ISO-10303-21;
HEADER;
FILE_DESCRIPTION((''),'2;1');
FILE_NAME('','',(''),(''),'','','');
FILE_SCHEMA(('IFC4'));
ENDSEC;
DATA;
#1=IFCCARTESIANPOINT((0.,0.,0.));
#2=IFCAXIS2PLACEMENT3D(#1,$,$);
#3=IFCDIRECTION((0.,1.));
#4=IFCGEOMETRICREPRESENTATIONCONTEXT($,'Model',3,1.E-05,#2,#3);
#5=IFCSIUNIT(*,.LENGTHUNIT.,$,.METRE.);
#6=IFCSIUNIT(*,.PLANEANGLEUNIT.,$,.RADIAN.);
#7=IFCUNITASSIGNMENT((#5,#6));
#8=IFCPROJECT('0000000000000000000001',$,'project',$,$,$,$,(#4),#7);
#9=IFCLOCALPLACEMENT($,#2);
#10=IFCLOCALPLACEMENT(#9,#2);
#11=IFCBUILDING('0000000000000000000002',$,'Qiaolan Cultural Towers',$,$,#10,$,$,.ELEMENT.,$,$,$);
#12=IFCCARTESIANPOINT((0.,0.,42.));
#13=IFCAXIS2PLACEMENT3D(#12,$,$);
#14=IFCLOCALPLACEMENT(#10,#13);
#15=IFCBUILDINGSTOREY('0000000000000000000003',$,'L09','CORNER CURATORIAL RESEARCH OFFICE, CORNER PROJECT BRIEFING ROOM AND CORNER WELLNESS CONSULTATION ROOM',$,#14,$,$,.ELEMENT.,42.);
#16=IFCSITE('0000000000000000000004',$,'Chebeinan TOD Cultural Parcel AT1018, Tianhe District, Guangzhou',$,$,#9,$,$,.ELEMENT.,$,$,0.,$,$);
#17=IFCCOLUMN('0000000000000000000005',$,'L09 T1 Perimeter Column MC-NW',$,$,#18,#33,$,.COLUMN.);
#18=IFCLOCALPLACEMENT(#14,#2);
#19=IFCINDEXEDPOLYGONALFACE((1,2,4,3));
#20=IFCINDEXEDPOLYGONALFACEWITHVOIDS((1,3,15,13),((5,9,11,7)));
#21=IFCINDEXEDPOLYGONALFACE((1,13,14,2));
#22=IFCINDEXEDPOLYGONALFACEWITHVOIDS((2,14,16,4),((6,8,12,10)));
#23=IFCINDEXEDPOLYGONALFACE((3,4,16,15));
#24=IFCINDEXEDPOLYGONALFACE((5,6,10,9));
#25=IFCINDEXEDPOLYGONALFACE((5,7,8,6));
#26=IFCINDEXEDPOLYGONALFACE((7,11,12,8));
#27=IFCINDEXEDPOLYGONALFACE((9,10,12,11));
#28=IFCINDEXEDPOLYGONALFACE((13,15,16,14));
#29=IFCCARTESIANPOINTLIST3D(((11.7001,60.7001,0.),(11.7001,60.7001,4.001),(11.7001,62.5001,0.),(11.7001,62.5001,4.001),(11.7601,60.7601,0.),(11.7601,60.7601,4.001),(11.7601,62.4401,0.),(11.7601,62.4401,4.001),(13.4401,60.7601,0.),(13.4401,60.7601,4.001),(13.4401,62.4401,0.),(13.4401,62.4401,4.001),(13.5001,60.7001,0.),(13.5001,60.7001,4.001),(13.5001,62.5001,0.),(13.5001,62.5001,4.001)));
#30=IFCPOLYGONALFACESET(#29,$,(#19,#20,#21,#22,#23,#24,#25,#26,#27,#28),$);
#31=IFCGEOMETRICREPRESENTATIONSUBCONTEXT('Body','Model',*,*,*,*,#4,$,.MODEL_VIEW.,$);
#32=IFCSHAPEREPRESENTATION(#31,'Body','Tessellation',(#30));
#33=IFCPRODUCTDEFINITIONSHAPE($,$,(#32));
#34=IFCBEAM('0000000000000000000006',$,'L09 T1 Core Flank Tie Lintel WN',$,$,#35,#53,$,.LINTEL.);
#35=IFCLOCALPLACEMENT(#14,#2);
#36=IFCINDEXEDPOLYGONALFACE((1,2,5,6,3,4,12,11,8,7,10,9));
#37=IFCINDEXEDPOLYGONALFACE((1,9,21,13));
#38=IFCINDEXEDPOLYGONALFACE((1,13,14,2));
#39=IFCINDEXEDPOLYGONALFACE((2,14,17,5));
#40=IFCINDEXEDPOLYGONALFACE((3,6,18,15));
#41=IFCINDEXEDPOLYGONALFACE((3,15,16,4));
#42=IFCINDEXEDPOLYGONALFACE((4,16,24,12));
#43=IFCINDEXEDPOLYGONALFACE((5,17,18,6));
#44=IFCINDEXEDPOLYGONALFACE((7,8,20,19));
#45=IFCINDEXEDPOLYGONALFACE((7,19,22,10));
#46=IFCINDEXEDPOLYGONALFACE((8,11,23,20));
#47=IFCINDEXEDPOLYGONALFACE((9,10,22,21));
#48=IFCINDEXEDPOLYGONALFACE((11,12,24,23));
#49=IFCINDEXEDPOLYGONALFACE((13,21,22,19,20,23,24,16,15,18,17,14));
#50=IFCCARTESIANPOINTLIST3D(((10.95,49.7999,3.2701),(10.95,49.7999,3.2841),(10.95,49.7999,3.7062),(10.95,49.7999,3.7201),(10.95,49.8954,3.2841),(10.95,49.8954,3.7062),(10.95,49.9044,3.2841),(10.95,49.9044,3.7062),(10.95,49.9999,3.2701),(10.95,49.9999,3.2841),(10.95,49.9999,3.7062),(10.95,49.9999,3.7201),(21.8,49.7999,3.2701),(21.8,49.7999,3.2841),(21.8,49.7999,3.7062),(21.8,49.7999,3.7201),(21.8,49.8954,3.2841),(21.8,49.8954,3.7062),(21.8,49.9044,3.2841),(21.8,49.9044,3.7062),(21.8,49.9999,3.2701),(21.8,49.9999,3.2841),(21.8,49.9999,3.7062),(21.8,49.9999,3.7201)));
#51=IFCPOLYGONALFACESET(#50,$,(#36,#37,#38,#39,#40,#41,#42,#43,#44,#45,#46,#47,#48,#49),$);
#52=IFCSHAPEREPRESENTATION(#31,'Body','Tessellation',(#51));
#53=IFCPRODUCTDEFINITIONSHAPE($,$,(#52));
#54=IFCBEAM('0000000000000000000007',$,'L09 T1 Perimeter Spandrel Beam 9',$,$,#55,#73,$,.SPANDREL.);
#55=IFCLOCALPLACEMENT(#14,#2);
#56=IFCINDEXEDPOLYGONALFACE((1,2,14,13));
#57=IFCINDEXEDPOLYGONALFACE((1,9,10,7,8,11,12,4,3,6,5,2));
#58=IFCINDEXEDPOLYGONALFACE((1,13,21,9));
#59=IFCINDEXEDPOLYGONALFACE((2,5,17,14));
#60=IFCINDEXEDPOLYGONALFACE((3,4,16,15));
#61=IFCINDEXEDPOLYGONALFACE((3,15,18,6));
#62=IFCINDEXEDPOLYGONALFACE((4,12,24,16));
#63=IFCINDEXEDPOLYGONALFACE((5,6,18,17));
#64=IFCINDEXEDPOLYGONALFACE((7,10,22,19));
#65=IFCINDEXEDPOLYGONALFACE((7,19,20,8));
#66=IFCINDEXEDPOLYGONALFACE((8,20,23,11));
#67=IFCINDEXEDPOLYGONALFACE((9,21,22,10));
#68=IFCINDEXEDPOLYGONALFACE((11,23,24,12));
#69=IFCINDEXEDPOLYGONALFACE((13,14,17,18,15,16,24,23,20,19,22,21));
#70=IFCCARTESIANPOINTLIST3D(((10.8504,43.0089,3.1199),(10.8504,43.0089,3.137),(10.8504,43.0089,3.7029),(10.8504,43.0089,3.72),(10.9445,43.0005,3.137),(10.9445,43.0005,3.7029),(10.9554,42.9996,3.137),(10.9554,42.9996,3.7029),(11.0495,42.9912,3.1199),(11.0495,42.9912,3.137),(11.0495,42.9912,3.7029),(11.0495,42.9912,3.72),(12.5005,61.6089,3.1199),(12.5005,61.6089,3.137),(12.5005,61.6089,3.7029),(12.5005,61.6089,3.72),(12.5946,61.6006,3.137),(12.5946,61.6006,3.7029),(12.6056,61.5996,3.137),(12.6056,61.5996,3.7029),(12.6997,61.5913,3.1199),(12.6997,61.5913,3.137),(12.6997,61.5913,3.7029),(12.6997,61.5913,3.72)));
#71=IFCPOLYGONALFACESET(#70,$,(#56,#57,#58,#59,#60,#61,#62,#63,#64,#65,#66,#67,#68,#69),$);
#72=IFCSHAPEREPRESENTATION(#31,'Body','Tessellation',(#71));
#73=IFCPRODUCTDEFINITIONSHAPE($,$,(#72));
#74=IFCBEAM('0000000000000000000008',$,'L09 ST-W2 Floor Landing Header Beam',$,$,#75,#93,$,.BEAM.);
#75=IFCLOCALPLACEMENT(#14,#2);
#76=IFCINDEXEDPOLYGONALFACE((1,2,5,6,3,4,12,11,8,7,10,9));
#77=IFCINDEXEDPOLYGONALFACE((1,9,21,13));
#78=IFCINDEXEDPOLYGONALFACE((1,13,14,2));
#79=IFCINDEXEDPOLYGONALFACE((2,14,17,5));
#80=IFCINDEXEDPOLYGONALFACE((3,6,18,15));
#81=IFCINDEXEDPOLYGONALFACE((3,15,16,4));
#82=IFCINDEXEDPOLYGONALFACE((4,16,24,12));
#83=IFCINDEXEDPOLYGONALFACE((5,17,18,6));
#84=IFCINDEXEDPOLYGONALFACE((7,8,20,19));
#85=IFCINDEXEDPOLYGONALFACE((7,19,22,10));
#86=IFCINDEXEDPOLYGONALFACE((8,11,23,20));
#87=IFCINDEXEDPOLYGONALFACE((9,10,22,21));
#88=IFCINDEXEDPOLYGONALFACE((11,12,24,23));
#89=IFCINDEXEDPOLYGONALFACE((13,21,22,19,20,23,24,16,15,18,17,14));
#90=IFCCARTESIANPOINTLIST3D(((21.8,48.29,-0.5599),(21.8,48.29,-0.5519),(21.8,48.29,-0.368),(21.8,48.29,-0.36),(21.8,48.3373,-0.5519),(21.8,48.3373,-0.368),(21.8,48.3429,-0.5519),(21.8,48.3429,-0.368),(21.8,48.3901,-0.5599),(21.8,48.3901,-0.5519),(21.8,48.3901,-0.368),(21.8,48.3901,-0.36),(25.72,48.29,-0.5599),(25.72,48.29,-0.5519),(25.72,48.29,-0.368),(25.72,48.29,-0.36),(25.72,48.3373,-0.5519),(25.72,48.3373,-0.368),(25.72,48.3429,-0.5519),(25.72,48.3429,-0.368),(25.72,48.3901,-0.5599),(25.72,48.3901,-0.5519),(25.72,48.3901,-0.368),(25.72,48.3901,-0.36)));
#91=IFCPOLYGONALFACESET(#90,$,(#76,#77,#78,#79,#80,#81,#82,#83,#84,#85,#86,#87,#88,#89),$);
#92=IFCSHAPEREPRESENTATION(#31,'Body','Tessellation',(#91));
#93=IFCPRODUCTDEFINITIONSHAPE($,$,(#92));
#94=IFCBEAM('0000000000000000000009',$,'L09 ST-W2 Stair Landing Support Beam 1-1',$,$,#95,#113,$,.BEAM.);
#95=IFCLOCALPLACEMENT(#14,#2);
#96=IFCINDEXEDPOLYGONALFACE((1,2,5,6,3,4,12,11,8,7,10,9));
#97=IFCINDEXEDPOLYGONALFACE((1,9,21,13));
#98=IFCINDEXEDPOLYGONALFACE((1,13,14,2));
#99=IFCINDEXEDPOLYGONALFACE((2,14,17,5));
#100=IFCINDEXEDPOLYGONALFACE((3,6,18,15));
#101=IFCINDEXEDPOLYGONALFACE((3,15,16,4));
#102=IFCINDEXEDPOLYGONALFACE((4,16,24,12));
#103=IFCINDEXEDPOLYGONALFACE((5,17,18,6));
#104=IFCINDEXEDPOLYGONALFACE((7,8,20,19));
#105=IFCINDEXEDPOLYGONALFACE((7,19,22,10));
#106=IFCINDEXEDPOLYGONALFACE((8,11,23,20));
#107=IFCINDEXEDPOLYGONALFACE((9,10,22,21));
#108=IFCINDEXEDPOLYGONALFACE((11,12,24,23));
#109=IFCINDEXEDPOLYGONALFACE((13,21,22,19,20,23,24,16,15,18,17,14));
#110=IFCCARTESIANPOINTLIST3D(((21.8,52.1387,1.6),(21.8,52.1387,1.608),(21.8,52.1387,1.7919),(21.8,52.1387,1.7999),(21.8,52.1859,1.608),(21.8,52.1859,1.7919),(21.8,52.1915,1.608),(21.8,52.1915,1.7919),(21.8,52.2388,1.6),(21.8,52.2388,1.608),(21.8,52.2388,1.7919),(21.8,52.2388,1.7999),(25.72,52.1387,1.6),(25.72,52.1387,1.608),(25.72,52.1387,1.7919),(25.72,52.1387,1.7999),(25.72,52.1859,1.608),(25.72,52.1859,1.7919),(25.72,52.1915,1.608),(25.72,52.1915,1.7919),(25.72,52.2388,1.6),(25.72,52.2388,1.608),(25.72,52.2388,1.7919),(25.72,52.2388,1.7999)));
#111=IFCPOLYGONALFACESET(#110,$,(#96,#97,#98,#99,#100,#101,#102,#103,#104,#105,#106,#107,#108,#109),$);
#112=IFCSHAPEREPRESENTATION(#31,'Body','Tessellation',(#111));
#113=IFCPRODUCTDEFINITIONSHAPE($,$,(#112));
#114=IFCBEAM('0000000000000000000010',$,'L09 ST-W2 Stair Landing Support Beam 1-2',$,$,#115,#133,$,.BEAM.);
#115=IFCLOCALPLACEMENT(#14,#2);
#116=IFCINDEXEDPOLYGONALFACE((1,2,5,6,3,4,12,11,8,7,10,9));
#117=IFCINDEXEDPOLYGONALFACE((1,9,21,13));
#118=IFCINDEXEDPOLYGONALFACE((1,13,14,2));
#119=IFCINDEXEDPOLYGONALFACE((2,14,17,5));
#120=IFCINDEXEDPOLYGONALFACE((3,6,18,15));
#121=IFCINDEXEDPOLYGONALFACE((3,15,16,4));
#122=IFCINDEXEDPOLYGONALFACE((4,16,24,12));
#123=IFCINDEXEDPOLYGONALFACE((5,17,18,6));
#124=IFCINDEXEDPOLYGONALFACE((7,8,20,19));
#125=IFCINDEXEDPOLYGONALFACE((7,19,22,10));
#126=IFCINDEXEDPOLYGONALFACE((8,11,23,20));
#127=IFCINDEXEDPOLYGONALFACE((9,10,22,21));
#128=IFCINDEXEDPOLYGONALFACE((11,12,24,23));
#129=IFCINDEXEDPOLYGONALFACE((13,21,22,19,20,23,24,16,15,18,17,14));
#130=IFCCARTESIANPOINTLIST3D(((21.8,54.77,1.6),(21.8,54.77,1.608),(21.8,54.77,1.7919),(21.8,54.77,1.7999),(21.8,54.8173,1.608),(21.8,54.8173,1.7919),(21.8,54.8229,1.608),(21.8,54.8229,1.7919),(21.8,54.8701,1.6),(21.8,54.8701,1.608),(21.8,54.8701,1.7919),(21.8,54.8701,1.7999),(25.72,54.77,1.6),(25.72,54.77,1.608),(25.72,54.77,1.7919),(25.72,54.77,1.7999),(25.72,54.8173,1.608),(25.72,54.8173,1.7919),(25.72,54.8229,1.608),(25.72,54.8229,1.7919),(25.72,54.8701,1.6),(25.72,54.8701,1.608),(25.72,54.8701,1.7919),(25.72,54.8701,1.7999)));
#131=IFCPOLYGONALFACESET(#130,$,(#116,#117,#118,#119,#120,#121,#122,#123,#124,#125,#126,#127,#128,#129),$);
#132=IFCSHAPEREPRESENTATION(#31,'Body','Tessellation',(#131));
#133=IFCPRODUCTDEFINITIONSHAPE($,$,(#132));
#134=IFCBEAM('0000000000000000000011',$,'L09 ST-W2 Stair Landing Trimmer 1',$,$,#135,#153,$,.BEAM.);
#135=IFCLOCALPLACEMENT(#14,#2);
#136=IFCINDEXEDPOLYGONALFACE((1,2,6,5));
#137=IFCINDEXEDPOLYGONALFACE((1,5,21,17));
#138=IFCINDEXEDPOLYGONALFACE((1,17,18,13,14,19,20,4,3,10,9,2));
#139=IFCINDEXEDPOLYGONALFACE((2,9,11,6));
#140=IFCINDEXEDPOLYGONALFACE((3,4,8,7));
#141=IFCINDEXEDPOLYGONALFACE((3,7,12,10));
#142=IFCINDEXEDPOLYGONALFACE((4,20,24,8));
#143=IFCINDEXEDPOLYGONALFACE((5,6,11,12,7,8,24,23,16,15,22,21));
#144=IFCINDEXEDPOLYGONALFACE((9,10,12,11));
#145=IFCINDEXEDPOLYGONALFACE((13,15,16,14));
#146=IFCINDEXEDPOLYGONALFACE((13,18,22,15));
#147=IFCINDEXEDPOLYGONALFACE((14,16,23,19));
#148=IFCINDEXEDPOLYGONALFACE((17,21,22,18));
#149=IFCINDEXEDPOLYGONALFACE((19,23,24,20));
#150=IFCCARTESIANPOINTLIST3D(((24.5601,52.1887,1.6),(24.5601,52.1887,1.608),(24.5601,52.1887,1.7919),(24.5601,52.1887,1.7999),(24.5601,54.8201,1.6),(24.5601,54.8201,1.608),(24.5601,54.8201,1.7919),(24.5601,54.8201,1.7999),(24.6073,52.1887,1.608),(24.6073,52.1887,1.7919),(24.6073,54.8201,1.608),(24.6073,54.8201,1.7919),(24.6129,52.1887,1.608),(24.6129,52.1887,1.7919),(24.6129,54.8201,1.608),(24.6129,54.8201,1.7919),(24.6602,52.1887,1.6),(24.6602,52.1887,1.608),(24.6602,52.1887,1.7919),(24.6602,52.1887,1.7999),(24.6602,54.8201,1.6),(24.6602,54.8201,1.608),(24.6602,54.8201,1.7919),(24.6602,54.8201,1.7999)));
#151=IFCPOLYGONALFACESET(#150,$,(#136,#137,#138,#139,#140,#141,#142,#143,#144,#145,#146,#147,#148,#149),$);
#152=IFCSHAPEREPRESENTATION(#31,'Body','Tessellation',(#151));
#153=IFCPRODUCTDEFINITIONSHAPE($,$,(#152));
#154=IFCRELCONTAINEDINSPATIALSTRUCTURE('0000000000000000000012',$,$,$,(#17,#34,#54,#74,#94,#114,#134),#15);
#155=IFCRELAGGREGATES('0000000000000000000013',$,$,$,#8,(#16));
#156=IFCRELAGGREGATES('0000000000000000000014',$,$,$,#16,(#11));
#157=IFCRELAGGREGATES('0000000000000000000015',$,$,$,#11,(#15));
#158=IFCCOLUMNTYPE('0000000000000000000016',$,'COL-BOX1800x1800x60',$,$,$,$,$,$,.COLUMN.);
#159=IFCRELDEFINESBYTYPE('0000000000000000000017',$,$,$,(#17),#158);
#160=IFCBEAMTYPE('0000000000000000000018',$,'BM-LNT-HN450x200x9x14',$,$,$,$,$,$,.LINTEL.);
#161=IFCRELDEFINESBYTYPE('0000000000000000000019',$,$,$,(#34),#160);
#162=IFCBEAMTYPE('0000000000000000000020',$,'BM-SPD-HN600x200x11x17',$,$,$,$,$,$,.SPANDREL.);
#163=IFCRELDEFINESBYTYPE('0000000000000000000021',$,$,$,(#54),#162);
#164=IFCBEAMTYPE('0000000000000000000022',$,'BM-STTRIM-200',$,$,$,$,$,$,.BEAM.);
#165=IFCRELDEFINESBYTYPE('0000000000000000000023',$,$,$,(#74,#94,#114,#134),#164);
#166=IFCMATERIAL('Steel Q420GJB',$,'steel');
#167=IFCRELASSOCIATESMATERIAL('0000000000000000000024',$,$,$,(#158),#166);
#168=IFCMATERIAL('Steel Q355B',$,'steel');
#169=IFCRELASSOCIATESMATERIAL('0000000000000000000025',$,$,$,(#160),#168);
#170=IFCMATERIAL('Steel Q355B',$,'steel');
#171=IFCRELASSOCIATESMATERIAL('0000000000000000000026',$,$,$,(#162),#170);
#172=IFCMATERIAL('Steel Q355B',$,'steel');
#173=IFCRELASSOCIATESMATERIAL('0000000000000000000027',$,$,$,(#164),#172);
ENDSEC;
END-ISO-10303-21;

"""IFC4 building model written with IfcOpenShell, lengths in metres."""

from ifc_helpers import new_model, si_unit, direction, frame, origin, origin_2d, place, context, subcontext, project, spatial, hollow_rectangle, i_section, extrude, material, material_profile, profile_set, type_object, element, save


model = new_model("IFC4")

# Units and contexts
model_context = context("Model", 3, precision=1e-05, world=origin(), true_north=direction((0.0, 1.0)))
body_context = subcontext(model_context, "Body", "Model", "MODEL_VIEW")
ifc_project = project(units=[si_unit("LENGTHUNIT", "METRE"), si_unit("PLANEANGLEUNIT", "RADIAN")], contexts=[model_context])

# Site, building, storey
site_placement = place(None, origin())
site = spatial("IfcSite", under=ifc_project, at=site_placement, Name="Chebeinan TOD Cultural Parcel AT1018, Tianhe District, Guangzhou", CompositionType="ELEMENT", RefElevation=0.0)
building_placement = place(site_placement, origin())
building = spatial("IfcBuilding", under=site, at=building_placement, Name="Qiaolan Cultural Towers", CompositionType="ELEMENT")
storey_placement = place(building_placement, frame((0.0, 0.0, 42.0)))
storey = spatial("IfcBuildingStorey", under=building, at=storey_placement, Name="L09", Description="CORNER CURATORIAL RESEARCH OFFICE, CORNER PROJECT BRIEFING ROOM AND CORNER WELLNESS CONSULTATION ROOM", CompositionType="ELEMENT", Elevation=42.0)

# Column
ifc_material_1 = material(Name="Steel Q420GJB", Category="steel")
ifc_material_profile_1 = material_profile(ifc_material_1, hollow_rectangle(XDim=1.8, YDim=1.8, WallThickness=0.0601, at=origin_2d()), Name="BOX1800x1800x60")
ifc_profile_set_1 = profile_set([ifc_material_profile_1], Name="Steel Q420GJB")
column_type = type_object("IfcColumnType", Name="COL-BOX1800x1800x60", PredefinedType="COLUMN", material=ifc_profile_set_1)
column_placement = place(storey_placement, frame((12.6001, 61.6001, 0.0), z_axis=(0.0, 0.0, 1.0), x_axis=(1.0, 0.0, 0.0)))
element("IfcColumn", 1, at=column_placement, inside=storey, type_object=column_type, Name="L09 T1 Perimeter Column MC-NW", PredefinedType="COLUMN", context=body_context, shape_type="SweptSolid", body=[
    extrude(hollow_rectangle(XDim=1.8, YDim=1.8, WallThickness=0.0601, at=origin_2d()), origin(), (0.0, 0.0, 1.0), 4.001),
])

# Beams
ifc_material_2 = material(Name="Steel Q355B", Category="steel")
ifc_material_profile_2 = material_profile(ifc_material_2, i_section(OverallWidth=0.2, OverallDepth=0.45, WebThickness=0.009, FlangeThickness=0.0139, at=origin_2d()), Name="HN450x200x9x14")
ifc_profile_set_2 = profile_set([ifc_material_profile_2], Name="Steel Q355B")
beam_type_1 = type_object("IfcBeamType", Name="BM-LNT-HN450x200x9x14", PredefinedType="LINTEL", material=ifc_profile_set_2)
beam_1_placement = place(storey_placement, frame((21.8, 49.8999, 3.4951), z_axis=(-1.0, 0.0, 0.0), x_axis=(0.0, -1.0, 0.0)))
element("IfcBeam", 2, at=beam_1_placement, inside=storey, type_object=beam_type_1, Name="L09 T1 Core Flank Tie Lintel WN", PredefinedType="LINTEL", context=body_context, shape_type="SweptSolid", body=[
    extrude(i_section(OverallWidth=0.2, OverallDepth=0.45, WebThickness=0.009, FlangeThickness=0.0139, at=origin_2d()), origin(), (0.0, 0.0, 1.0), 10.8501),
])
ifc_material_3 = material(Name="Steel Q355B", Category="steel")
ifc_material_profile_3 = material_profile(ifc_material_3, i_section(OverallWidth=0.2, OverallDepth=0.6001, WebThickness=0.011, FlangeThickness=0.0171, at=origin_2d()), Name="HN600x200x11x17")
ifc_profile_set_3 = profile_set([ifc_material_profile_3], Name="Steel Q355B")
beam_type_2 = type_object("IfcBeamType", Name="BM-SPD-HN600x200x11x17", PredefinedType="SPANDREL", material=ifc_profile_set_3)
beam_2_placement = place(storey_placement, frame((12.6001, 61.6001, 3.4199), z_axis=(-0.08837, -0.996088, 0.0), x_axis=(0.996088, -0.08837, 0.0)))
element("IfcBeam", 3, at=beam_2_placement, inside=storey, type_object=beam_type_2, Name="L09 T1 Perimeter Spandrel Beam 9", PredefinedType="SPANDREL", context=body_context, shape_type="SweptSolid", body=[
    extrude(i_section(OverallWidth=0.2, OverallDepth=0.6001, WebThickness=0.011, FlangeThickness=0.0171, at=origin_2d()), origin(), (0.0, 0.0, 1.0), 18.6731),
])
ifc_material_4 = material(Name="Steel Q355B", Category="steel")
ifc_material_profile_4 = material_profile(ifc_material_4, i_section(OverallWidth=0.1001, OverallDepth=0.2, WebThickness=0.0056, FlangeThickness=0.0081, at=origin_2d()), Name="HN200x100x5.5x8")
ifc_profile_set_4 = profile_set([ifc_material_profile_4], Name="Steel Q355B")
beam_type_3 = type_object("IfcBeamType", Name="BM-STTRIM-200", PredefinedType="BEAM", material=ifc_profile_set_4)
for number, where, z_axis, x_axis, name in (
    (4, (21.8, 48.3401, -0.46), (1.0, 0.0, 0.0), (0.0, 1.0, 0.0), "L09 ST-W2 Floor Landing Header Beam"),
    (5, (21.8, 52.1887, 1.7), (1.0, 0.0, 0.0), (0.0, 1.0, 0.0), "L09 ST-W2 Stair Landing Support Beam 1-1"),
    (6, (21.8, 54.8201, 1.7), (1.0, 0.0, 0.0), (0.0, 1.0, 0.0), "L09 ST-W2 Stair Landing Support Beam 1-2"),
):
    element("IfcBeam", number, at=place(storey_placement, frame(where, z_axis=z_axis, x_axis=x_axis)), inside=storey, type_object=beam_type_3, Name=name, PredefinedType="BEAM", context=body_context, shape_type="SweptSolid", body=[
        extrude(i_section(OverallWidth=0.1001, OverallDepth=0.2, WebThickness=0.0056, FlangeThickness=0.0081, at=origin_2d()), origin(), (0.0, 0.0, 1.0), 3.9199),
    ])
beam_3_placement = place(storey_placement, frame((24.6101, 52.1887, 1.7), z_axis=(0.0, 1.0, 0.0), x_axis=(-1.0, 0.0, 0.0)))
element("IfcBeam", 7, at=beam_3_placement, inside=storey, type_object=beam_type_3, Name="L09 ST-W2 Stair Landing Trimmer 1", PredefinedType="BEAM", context=body_context, shape_type="SweptSolid", body=[
    extrude(i_section(OverallWidth=0.1001, OverallDepth=0.2, WebThickness=0.0056, FlangeThickness=0.0081, at=origin_2d()), origin(), (0.0, 0.0, 1.0), 2.6313),
])

save(model, "model.ifc")
